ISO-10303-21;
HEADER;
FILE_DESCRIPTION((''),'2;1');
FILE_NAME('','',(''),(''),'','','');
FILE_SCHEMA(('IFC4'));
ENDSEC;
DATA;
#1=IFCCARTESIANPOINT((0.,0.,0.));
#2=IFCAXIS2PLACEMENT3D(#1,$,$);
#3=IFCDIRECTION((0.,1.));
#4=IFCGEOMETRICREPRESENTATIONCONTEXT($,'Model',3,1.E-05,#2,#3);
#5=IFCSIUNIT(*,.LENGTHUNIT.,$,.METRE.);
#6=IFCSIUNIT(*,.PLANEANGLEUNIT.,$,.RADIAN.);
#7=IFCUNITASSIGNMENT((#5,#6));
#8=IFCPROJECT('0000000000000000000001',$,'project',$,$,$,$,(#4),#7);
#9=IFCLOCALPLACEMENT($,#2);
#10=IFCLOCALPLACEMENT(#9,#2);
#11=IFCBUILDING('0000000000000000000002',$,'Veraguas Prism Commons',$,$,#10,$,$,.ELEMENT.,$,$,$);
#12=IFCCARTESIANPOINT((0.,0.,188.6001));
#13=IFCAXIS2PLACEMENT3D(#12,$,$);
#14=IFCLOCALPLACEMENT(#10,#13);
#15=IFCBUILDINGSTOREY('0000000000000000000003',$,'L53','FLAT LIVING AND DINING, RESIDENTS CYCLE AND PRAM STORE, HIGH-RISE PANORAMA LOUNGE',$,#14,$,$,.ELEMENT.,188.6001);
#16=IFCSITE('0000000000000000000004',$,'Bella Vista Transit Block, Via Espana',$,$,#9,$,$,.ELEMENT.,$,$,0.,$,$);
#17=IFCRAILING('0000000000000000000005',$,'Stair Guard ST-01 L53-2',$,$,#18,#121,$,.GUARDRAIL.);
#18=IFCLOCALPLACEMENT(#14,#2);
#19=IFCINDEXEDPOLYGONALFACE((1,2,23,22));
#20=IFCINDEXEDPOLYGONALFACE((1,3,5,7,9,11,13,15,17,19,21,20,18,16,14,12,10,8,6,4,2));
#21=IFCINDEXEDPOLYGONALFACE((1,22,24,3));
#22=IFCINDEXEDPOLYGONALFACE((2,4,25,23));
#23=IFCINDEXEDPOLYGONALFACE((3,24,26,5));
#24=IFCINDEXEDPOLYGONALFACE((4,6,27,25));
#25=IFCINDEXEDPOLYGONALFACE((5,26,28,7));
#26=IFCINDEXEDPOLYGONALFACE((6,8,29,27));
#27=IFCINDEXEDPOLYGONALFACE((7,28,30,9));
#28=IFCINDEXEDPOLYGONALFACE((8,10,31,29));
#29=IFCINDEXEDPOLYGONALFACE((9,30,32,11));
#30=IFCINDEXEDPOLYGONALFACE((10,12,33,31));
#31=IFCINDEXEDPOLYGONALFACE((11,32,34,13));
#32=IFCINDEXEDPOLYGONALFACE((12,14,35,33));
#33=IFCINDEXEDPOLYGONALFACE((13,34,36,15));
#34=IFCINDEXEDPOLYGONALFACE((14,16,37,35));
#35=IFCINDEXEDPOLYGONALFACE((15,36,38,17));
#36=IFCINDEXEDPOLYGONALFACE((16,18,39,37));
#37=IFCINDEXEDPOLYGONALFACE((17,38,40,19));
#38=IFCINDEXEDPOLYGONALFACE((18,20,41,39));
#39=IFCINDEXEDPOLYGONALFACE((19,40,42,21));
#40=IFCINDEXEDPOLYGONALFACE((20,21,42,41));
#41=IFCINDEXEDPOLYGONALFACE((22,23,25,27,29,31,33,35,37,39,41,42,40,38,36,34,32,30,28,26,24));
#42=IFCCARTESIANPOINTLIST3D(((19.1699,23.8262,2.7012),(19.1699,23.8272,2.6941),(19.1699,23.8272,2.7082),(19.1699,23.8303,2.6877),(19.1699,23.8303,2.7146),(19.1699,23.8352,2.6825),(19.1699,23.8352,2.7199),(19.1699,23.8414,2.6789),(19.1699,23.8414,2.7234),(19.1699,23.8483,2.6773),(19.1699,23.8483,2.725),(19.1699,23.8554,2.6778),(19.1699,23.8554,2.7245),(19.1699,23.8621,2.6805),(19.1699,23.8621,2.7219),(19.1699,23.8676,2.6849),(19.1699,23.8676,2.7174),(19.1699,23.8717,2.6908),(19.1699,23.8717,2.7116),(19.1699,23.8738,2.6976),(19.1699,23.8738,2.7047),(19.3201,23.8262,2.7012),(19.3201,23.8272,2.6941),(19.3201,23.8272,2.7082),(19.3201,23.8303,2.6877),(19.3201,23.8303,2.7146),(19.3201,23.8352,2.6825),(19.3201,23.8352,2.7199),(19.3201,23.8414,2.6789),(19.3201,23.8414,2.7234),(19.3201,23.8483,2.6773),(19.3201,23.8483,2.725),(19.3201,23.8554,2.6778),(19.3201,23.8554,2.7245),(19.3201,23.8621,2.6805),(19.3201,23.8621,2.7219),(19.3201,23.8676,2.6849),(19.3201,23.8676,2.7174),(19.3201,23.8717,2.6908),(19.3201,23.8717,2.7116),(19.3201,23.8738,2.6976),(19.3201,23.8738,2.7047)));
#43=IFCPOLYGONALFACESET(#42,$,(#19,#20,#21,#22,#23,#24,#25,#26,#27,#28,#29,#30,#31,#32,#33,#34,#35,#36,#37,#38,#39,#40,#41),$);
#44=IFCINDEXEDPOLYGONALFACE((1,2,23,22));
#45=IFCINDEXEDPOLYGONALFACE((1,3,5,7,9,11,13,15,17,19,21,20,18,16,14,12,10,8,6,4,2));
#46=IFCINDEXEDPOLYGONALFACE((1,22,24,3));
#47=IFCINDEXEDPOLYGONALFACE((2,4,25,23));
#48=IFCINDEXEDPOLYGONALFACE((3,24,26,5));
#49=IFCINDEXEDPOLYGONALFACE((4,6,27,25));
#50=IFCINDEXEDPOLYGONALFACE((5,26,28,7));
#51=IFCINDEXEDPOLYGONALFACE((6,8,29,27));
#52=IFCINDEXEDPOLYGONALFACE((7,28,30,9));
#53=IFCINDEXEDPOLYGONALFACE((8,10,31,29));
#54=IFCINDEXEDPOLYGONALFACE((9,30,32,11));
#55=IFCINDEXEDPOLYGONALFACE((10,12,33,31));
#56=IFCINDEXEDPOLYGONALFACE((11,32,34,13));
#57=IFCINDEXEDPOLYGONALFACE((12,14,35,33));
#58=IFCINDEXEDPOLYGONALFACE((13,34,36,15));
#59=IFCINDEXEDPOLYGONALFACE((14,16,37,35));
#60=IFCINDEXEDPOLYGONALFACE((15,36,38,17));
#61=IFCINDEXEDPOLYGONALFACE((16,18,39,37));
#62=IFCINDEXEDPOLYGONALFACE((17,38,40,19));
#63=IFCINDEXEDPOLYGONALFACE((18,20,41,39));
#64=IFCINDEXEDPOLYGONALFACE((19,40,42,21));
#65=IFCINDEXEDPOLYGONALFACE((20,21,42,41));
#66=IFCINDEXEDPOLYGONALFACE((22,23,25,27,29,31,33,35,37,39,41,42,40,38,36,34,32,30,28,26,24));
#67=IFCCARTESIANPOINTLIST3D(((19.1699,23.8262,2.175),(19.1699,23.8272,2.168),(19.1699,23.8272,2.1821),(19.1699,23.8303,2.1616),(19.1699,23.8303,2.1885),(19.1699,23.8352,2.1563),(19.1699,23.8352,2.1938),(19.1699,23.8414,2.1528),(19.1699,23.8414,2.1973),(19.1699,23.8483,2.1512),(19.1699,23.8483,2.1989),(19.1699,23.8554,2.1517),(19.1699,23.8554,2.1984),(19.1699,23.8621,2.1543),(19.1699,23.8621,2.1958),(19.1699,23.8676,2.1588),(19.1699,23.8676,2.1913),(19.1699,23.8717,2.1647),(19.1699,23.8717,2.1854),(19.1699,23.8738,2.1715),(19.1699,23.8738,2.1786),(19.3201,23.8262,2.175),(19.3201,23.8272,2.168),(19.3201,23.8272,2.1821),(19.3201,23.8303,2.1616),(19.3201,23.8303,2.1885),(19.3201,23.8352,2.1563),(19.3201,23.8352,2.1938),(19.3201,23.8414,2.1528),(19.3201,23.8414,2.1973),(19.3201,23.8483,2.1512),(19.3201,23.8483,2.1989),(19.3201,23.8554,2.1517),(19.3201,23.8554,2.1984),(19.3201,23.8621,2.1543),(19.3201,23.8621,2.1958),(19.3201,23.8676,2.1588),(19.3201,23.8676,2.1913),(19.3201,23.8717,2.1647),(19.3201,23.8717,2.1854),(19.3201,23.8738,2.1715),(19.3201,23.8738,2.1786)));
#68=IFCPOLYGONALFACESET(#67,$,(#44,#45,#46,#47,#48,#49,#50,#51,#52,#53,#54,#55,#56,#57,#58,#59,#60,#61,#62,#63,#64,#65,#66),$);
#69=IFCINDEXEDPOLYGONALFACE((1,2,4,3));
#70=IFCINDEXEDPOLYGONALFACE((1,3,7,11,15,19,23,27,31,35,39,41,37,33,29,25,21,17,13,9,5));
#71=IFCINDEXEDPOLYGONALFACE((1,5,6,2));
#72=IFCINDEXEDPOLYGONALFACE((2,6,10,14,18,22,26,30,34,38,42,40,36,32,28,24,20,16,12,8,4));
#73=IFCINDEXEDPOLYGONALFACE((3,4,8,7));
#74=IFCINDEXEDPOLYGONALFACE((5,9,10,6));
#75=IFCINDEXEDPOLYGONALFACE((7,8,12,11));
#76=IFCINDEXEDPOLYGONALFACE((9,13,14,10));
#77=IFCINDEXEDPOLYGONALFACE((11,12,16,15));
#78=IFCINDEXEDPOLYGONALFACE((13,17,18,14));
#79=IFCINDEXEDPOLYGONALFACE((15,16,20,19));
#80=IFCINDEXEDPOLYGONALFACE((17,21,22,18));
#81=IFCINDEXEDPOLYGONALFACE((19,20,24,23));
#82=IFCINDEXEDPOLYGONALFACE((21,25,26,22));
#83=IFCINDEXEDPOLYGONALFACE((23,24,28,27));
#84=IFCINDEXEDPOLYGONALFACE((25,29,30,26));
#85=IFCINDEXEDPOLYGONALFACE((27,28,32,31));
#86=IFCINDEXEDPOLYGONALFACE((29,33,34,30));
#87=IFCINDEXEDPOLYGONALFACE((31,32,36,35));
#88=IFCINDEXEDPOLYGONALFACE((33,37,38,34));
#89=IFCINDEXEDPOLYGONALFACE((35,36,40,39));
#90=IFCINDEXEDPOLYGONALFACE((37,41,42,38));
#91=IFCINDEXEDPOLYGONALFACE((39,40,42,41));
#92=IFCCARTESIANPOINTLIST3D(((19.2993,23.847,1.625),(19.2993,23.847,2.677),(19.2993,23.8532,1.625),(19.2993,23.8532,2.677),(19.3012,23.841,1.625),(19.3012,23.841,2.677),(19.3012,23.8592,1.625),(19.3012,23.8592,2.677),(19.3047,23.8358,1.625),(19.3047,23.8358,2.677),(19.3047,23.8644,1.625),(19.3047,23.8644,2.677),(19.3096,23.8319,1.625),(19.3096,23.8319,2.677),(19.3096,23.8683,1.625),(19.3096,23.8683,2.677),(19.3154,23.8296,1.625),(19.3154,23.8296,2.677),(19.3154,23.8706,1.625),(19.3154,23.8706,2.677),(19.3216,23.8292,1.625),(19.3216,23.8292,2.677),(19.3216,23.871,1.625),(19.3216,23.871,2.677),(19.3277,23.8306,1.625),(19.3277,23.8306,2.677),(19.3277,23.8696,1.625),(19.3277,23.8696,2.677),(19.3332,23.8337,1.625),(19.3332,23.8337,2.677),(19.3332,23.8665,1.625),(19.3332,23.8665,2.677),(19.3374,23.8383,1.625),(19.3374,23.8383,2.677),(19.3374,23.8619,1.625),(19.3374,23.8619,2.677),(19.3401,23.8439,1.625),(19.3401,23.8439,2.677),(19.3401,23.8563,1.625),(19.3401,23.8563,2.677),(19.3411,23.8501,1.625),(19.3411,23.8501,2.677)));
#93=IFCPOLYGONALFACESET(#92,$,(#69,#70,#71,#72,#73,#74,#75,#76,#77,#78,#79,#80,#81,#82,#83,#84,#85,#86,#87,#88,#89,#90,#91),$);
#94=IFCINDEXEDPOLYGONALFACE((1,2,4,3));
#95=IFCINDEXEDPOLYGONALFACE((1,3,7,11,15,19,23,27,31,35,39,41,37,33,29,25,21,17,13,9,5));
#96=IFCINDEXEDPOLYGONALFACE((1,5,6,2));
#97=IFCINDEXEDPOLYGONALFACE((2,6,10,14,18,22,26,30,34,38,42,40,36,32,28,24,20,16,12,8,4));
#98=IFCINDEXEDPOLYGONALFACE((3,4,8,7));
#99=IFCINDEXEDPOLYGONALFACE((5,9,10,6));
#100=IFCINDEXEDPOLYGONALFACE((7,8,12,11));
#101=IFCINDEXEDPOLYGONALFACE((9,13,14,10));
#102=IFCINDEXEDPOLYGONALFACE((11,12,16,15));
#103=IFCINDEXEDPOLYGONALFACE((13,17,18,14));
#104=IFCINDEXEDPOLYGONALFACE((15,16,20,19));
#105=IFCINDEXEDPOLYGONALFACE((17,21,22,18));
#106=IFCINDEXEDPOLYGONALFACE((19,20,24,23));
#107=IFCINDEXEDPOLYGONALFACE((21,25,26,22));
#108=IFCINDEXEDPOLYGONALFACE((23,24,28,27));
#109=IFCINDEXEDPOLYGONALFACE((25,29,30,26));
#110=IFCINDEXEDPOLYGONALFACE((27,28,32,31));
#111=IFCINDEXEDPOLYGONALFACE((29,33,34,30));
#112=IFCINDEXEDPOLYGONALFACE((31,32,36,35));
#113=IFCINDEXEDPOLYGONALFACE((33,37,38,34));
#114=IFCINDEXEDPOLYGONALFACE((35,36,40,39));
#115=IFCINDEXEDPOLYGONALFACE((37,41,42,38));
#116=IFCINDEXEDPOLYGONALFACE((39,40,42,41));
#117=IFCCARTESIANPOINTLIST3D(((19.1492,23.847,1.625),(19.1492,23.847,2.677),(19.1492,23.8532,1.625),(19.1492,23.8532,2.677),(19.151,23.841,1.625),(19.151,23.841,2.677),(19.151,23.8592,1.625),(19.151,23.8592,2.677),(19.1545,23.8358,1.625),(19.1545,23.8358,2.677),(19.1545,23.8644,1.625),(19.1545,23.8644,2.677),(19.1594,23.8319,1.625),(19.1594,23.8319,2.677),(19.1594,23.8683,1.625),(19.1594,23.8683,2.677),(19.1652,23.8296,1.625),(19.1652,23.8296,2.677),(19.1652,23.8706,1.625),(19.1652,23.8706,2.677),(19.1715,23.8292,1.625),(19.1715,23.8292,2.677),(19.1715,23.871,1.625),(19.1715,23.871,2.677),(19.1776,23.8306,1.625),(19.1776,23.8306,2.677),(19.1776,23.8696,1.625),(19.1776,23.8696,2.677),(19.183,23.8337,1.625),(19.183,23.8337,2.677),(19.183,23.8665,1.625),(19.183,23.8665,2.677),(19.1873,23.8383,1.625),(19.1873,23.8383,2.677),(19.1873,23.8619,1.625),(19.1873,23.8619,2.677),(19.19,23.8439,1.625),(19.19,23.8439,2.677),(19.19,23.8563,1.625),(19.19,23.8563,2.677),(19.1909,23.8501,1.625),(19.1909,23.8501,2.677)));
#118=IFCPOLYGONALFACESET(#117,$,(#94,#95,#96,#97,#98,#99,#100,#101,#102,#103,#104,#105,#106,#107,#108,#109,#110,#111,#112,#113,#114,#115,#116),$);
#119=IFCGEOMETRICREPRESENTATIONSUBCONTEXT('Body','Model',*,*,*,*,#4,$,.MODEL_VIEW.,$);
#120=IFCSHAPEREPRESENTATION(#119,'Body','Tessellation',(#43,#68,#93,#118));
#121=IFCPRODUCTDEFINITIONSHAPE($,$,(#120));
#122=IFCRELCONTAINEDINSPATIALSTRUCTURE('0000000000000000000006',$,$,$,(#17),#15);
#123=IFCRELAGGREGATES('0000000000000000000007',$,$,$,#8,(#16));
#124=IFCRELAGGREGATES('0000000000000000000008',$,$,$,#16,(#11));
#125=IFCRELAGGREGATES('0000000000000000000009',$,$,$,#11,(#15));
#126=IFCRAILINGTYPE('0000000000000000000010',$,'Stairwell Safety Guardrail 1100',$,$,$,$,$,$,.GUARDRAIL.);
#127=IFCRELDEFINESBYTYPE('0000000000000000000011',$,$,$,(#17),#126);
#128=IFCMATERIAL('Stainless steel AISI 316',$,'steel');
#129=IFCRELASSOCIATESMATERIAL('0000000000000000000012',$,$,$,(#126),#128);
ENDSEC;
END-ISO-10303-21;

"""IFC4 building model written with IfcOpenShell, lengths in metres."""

from ifc_helpers import new_model, si_unit, direction, frame, origin, origin_2d, place, context, subcontext, project, spatial, circle, extrude, material, type_object, element, save


model = new_model("IFC4")

# Units and contexts
model_context = context("Model", 3, precision=1e-05, world=origin(), true_north=direction((0.0, 1.0)))
body_context = subcontext(model_context, "Body", "Model", "MODEL_VIEW")
ifc_project = project(units=[si_unit("LENGTHUNIT", "METRE"), si_unit("PLANEANGLEUNIT", "RADIAN")], contexts=[model_context])

# Site, building, storey
site_placement = place(None, origin())
site = spatial("IfcSite", under=ifc_project, at=site_placement, Name="Bella Vista Transit Block, Via Espana", CompositionType="ELEMENT", RefElevation=0.0)
building_placement = place(site_placement, origin())
building = spatial("IfcBuilding", under=site, at=building_placement, Name="Veraguas Prism Commons", CompositionType="ELEMENT")
storey_placement = place(building_placement, frame((0.0, 0.0, 188.6001)))
storey = spatial("IfcBuildingStorey", under=building, at=storey_placement, Name="L53", Description="FLAT LIVING AND DINING, RESIDENTS CYCLE AND PRAM STORE, HIGH-RISE PANORAMA LOUNGE", CompositionType="ELEMENT", Elevation=188.6001)

# Railing
ifc_material_1 = material(Name="Stainless steel AISI 316", Category="steel")
railing_type_1 = type_object("IfcRailingType", Name="Stairwell Safety Guardrail 1100", PredefinedType="GUARDRAIL", material=ifc_material_1)
railing_1_placement = place(storey_placement, frame((19.3201, 23.8501, 1.625)))
element("IfcRailing", 1, at=railing_1_placement, inside=storey, type_object=railing_type_1, Name="Stair Guard ST-01 L53-2", PredefinedType="GUARDRAIL", context=body_context, shape_type="SweptSolid", body=[
    extrude(circle(Radius=0.0239, at=origin_2d()), frame((0.0, 0.0, 1.0762), z_axis=(-1.0, 0.0, 0.0), x_axis=(0.0, -1.0, 0.0)), (0.0, 0.0, 1.0), 0.1501),
    extrude(circle(Radius=0.0239, at=origin_2d()), frame((0.0, 0.0, 0.55), z_axis=(-1.0, 0.0, 0.0), x_axis=(0.0, -1.0, 0.0)), (0.0, 0.0, 1.0), 0.1501),
    extrude(circle(Radius=0.021, at=origin_2d()), origin(), (0.0, 0.0, 1.0), 1.052),
    extrude(circle(Radius=0.021, at=origin_2d()), frame((-0.1501, 0.0, 0.0)), (0.0, 0.0, 1.0), 1.052),
])

save(model, "model.ifc")
